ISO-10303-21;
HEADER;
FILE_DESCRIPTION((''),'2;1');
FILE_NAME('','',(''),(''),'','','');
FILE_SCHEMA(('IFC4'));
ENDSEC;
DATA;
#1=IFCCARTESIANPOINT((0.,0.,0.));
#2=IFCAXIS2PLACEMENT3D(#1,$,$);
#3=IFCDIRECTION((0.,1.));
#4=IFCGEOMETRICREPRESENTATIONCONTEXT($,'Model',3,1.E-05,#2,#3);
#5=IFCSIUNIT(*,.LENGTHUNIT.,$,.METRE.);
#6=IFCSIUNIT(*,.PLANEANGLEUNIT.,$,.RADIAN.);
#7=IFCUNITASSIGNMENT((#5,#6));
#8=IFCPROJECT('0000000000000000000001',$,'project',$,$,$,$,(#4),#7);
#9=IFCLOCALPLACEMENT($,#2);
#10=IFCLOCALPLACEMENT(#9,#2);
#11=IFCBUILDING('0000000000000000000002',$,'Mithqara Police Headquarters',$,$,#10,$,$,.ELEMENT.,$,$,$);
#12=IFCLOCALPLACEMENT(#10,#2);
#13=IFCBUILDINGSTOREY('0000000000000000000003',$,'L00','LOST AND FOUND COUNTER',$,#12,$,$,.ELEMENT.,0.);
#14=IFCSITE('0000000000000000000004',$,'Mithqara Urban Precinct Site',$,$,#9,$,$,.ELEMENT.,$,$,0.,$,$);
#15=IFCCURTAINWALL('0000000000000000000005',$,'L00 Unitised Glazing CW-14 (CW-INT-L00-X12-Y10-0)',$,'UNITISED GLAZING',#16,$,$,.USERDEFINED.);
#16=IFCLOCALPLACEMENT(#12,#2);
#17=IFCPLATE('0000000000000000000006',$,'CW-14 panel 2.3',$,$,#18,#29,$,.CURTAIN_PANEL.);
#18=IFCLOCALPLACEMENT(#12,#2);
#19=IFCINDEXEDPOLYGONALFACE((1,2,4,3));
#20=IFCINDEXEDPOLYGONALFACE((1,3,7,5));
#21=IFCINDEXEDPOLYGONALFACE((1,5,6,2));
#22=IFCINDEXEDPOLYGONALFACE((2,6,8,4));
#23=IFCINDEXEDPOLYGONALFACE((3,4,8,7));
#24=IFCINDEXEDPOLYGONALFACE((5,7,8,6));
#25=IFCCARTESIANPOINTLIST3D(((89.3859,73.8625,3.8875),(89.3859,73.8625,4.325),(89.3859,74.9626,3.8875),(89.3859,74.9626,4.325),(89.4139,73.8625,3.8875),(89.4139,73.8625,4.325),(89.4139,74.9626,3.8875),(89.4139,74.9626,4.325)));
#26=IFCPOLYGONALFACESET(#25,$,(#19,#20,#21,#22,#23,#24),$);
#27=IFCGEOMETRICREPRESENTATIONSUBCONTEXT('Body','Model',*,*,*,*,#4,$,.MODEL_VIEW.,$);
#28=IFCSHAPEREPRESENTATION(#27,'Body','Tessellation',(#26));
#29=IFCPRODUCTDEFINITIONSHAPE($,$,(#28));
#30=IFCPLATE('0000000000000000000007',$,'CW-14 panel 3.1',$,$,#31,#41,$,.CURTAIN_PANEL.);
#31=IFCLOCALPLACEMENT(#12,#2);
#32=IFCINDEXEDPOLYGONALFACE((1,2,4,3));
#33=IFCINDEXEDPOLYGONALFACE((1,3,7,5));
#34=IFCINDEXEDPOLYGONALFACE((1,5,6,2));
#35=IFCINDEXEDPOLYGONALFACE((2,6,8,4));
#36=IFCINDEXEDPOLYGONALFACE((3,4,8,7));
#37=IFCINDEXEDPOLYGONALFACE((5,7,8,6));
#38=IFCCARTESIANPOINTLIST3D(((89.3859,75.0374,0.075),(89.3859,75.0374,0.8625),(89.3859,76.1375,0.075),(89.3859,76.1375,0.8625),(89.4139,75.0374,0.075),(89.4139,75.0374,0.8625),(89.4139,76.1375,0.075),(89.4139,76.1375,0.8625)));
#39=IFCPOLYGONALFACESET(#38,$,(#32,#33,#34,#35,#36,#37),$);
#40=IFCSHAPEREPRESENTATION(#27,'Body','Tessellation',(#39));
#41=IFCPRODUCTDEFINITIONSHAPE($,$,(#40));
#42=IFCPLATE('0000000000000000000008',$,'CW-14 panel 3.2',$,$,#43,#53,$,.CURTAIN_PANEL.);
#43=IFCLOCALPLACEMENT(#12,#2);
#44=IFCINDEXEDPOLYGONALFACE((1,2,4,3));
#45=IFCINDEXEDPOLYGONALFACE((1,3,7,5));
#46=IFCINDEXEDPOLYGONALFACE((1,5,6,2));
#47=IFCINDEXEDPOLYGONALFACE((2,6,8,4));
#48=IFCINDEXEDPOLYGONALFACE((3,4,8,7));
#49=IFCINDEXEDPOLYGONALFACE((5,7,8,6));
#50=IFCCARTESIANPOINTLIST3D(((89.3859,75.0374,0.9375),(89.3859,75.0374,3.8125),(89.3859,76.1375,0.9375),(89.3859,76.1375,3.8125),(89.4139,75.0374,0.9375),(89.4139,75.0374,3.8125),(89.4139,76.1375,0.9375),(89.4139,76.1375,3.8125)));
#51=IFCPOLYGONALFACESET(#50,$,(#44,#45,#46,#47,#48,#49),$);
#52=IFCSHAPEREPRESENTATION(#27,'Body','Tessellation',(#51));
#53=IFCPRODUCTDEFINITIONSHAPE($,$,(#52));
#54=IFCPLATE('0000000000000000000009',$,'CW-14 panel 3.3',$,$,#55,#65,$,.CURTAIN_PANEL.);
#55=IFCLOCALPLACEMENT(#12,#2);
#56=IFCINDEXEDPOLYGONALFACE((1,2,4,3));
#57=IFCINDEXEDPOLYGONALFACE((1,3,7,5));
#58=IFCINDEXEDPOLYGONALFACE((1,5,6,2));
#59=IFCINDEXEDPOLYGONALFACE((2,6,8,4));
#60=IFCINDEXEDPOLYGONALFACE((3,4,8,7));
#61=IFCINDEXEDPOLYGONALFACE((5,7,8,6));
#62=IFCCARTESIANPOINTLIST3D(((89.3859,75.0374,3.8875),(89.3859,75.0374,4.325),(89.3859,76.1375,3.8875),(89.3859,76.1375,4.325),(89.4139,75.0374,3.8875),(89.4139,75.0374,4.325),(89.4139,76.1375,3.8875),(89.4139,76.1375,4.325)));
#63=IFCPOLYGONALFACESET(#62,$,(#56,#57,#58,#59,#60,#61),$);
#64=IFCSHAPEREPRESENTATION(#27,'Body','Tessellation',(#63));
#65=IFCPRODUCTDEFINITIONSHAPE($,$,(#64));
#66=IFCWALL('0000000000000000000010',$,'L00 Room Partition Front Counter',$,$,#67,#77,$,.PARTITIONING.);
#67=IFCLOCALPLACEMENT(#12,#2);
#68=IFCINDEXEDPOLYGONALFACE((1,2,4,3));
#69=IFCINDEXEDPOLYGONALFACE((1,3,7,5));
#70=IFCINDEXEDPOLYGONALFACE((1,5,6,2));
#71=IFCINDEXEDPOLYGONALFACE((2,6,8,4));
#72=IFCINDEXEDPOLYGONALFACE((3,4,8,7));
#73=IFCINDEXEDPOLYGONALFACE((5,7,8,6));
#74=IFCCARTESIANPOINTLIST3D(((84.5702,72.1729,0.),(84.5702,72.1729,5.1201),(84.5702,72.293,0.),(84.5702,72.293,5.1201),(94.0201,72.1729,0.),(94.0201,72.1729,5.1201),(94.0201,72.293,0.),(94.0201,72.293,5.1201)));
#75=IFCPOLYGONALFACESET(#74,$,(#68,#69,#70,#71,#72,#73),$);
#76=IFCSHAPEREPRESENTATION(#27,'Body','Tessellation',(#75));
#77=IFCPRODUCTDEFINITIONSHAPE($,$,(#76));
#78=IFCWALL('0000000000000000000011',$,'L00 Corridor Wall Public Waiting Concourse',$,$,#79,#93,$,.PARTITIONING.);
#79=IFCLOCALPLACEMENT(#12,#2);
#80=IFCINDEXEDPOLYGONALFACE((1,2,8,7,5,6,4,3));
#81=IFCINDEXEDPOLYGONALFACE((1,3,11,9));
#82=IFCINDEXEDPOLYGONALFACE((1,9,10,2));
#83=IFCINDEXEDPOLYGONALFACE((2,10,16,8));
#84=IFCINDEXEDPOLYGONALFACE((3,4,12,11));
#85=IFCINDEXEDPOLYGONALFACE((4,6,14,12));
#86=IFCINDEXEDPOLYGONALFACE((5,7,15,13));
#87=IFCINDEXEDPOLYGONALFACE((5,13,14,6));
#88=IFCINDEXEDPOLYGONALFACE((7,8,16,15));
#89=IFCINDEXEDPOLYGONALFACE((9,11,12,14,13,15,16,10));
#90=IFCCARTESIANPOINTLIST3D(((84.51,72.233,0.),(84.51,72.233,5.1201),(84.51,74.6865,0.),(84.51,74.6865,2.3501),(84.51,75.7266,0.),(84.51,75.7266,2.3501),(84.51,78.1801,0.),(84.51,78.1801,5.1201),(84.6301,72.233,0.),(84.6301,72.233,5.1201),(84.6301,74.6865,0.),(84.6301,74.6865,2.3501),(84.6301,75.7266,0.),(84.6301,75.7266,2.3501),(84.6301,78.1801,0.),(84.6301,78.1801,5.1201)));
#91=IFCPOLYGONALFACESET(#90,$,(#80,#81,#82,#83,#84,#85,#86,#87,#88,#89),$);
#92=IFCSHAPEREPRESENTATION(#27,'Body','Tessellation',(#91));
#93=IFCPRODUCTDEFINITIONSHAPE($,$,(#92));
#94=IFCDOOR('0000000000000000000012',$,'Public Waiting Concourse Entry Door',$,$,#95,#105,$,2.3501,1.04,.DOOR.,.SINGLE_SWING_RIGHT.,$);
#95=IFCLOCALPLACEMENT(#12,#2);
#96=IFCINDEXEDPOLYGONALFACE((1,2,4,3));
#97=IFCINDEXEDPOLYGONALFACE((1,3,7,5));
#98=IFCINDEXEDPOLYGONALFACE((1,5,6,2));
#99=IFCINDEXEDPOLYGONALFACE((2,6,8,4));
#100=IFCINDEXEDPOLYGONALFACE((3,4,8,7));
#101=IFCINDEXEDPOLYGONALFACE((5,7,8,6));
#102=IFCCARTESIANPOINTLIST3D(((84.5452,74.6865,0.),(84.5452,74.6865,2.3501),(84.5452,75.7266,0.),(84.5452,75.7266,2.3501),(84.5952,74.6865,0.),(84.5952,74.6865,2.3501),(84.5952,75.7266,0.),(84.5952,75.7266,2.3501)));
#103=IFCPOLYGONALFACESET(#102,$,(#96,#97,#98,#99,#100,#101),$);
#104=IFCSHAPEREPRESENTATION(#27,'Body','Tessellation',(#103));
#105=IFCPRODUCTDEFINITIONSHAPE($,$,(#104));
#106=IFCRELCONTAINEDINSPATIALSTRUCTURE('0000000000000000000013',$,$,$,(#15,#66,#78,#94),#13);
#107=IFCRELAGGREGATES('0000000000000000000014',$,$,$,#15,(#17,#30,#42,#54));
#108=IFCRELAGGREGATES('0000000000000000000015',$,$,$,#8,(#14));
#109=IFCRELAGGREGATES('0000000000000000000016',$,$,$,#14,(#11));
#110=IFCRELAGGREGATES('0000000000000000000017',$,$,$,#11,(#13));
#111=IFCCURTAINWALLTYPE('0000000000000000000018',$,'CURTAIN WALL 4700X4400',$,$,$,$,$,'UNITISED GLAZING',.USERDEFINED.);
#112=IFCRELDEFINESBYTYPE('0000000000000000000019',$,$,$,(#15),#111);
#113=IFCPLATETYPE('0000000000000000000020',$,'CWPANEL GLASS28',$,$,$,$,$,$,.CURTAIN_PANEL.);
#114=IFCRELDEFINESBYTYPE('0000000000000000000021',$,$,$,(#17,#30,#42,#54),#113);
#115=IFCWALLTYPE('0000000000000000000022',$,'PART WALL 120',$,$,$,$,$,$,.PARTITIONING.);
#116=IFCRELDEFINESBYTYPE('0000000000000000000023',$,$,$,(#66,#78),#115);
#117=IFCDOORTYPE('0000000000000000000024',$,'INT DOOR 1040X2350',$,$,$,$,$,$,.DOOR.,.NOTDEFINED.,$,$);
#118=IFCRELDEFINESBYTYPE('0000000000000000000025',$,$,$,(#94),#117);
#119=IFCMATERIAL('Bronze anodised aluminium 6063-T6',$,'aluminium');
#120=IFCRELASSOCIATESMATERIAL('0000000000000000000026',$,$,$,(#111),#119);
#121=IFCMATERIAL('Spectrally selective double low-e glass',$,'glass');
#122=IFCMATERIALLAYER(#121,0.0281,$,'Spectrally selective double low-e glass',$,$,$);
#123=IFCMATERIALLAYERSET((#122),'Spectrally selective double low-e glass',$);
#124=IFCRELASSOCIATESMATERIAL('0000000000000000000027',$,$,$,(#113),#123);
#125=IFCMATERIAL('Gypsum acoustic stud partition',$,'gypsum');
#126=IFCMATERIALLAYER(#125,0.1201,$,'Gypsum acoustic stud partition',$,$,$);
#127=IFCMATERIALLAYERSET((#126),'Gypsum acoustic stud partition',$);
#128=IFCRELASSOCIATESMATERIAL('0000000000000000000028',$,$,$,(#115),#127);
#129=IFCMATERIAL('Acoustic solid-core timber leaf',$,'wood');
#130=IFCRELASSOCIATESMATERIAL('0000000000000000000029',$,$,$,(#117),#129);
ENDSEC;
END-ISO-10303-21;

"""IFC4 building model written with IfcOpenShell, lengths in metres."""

from ifc_helpers import new_model, si_unit, direction, frame, frame_2d, origin, origin_2d, place, context, subcontext, project, spatial, rectangle, extrude, material, layer, layer_set, type_object, element, fill, aggregate, save


model = new_model("IFC4")

# Units and contexts
model_context = context("Model", 3, precision=1e-05, world=origin(), true_north=direction((0.0, 1.0)))
body_context = subcontext(model_context, "Body", "Model", "MODEL_VIEW")
ifc_project = project(units=[si_unit("LENGTHUNIT", "METRE"), si_unit("PLANEANGLEUNIT", "RADIAN")], contexts=[model_context])

# Site, building, storey
site_placement = place(None, origin())
site = spatial("IfcSite", under=ifc_project, at=site_placement, Name="Mithqara Urban Precinct Site", CompositionType="ELEMENT", RefElevation=0.0)
building_placement = place(site_placement, origin())
building = spatial("IfcBuilding", under=site, at=building_placement, Name="Mithqara Police Headquarters", CompositionType="ELEMENT")
storey_placement = place(building_placement, origin())
storey = spatial("IfcBuildingStorey", under=building, at=storey_placement, Name="L00", Description="LOST AND FOUND COUNTER", CompositionType="ELEMENT", Elevation=0.0)

# Curtain wall
ifc_material_1 = material(Name="Bronze anodised aluminium 6063-T6", Category="aluminium")
curtain_wall_type = type_object("IfcCurtainWallType", Name="CURTAIN WALL 4700X4400", ElementType="UNITISED GLAZING", PredefinedType="USERDEFINED", material=ifc_material_1)
curtain_wall_1_placement = place(storey_placement, origin())
curtain_wall_1 = element("IfcCurtainWall", 1, at=curtain_wall_1_placement, inside=storey, type_object=curtain_wall_type, Name="L00 Unitised Glazing CW-14 (CW-INT-L00-X12-Y10-0)", ObjectType="UNITISED GLAZING", PredefinedType="USERDEFINED")

# Plates
ifc_material_2 = material(Name="Spectrally selective double low-e glass", Category="glass")
ifc_layer_1 = layer(ifc_material_2, 0.0281, Name="Spectrally selective double low-e glass")
ifc_layer_set_1 = layer_set([ifc_layer_1], Name="Spectrally selective double low-e glass")
plate_type = type_object("IfcPlateType", Name="CWPANEL GLASS28", PredefinedType="CURTAIN_PANEL", material=ifc_layer_set_1)
plate_1_placement = place(storey_placement, frame((89.3999, 74.4126, 3.8875), z_axis=(0.0, 0.0, 1.0), x_axis=(0.0, 1.0, 0.0)))
plate_1 = element("IfcPlate", 2, at=plate_1_placement, type_object=plate_type, Name="CW-14 panel 2.3", PredefinedType="CURTAIN_PANEL", context=body_context, shape_type="SweptSolid", body=[
    extrude(rectangle(XDim=1.1001, YDim=0.0281, at=origin_2d()), origin(), (0.0, 0.0, 1.0), 0.4375),
])
plate_2_placement = place(storey_placement, frame((89.3999, 75.5874, 0.075), z_axis=(0.0, 0.0, 1.0), x_axis=(0.0, 1.0, 0.0)))
plate_2 = element("IfcPlate", 3, at=plate_2_placement, type_object=plate_type, Name="CW-14 panel 3.1", PredefinedType="CURTAIN_PANEL", context=body_context, shape_type="SweptSolid", body=[
    extrude(rectangle(XDim=1.1001, YDim=0.0281, at=origin_2d()), origin(), (0.0, 0.0, 1.0), 0.7876),
])
plate_3_placement = place(storey_placement, frame((89.3999, 75.5874, 0.9375), z_axis=(0.0, 0.0, 1.0), x_axis=(0.0, 1.0, 0.0)))
plate_3 = element("IfcPlate", 4, at=plate_3_placement, type_object=plate_type, Name="CW-14 panel 3.2", PredefinedType="CURTAIN_PANEL", context=body_context, shape_type="SweptSolid", body=[
    extrude(rectangle(XDim=1.1001, YDim=0.0281, at=origin_2d()), origin(), (0.0, 0.0, 1.0), 2.875),
])
plate_4_placement = place(storey_placement, frame((89.3999, 75.5874, 3.8875), z_axis=(0.0, 0.0, 1.0), x_axis=(0.0, 1.0, 0.0)))
plate_4 = element("IfcPlate", 5, at=plate_4_placement, type_object=plate_type, Name="CW-14 panel 3.3", PredefinedType="CURTAIN_PANEL", context=body_context, shape_type="SweptSolid", body=[
    extrude(rectangle(XDim=1.1001, YDim=0.0281, at=origin_2d()), origin(), (0.0, 0.0, 1.0), 0.4375),
])
aggregate(curtain_wall_1, [plate_1, plate_2, plate_3, plate_4])

# Wall
ifc_material_3 = material(Name="Gypsum acoustic stud partition", Category="gypsum")
ifc_layer_2 = layer(ifc_material_3, 0.1201, Name="Gypsum acoustic stud partition")
ifc_layer_set_2 = layer_set([ifc_layer_2], Name="Gypsum acoustic stud partition")
wall_type = type_object("IfcWallType", Name="PART WALL 120", PredefinedType="PARTITIONING", material=ifc_layer_set_2)
wall_1_placement = place(storey_placement, frame((84.5701, 72.2329, 0.0), z_axis=(0.0, 0.0, 1.0), x_axis=(1.0, 0.0, 0.0)))
element("IfcWall", 6, at=wall_1_placement, inside=storey, type_object=wall_type, Name="L00 Room Partition Front Counter", PredefinedType="PARTITIONING", context=body_context, shape_type="SweptSolid", body=[
    extrude(rectangle(XDim=9.45, YDim=0.1201, at=frame_2d((4.7251, 0.0))), origin(), (0.0, 0.0, 1.0), 5.1201),
])

# Wall, opening, door
wall_2_placement = place(storey_placement, frame((84.5701, 72.2329, 0.0), z_axis=(0.0, 0.0, 1.0), x_axis=(0.0, 1.0, 0.0)))
wall_2 = element("IfcWall", 7, at=wall_2_placement, inside=storey, type_object=wall_type, Name="L00 Corridor Wall Public Waiting Concourse", PredefinedType="PARTITIONING", context=body_context, shape_type="SweptSolid", body=[
    extrude(rectangle(XDim=5.947, YDim=0.1201, at=frame_2d((2.9736, 0.0))), origin(), (0.0, 0.0, 1.0), 5.1201),
])
opening_placement = place(wall_2_placement, frame((2.4536, 0.0, 0.0)))
opening = element("IfcOpeningElement", 8, at=opening_placement, cuts=wall_2, PredefinedType="OPENING", context=body_context, shape_type="SweptSolid", body=[
    extrude(rectangle(XDim=1.04, YDim=2.3501, at=frame_2d((0.52, 1.175))), frame((0.0, 0.0701, 0.0), z_axis=(0.0, -1.0, 0.0), x_axis=(1.0, 0.0, 0.0)), (0.0, 0.0, 1.0), 0.1401),
])
ifc_material_4 = material(Name="Acoustic solid-core timber leaf", Category="wood")
door_type = type_object("IfcDoorType", Name="INT DOOR 1040X2350", OperationType="NOTDEFINED", PredefinedType="DOOR", material=ifc_material_4)
door_placement = place(opening_placement, origin())
door = element("IfcDoor", 9, at=door_placement, inside=storey, type_object=door_type, Name="Public Waiting Concourse Entry Door", OperationType="SINGLE_SWING_RIGHT", OverallHeight=2.3501, OverallWidth=1.04, PredefinedType="DOOR", context=body_context, shape_type="SweptSolid", body=[
    extrude(rectangle(XDim=1.04, YDim=2.3501, at=frame_2d((0.52, 1.175))), frame((0.0, 0.0249, 0.0), z_axis=(0.0, -1.0, 0.0), x_axis=(1.0, 0.0, 0.0)), (0.0, 0.0, 1.0), 0.05),
])
fill(opening, door)

save(model, "model.ifc")
